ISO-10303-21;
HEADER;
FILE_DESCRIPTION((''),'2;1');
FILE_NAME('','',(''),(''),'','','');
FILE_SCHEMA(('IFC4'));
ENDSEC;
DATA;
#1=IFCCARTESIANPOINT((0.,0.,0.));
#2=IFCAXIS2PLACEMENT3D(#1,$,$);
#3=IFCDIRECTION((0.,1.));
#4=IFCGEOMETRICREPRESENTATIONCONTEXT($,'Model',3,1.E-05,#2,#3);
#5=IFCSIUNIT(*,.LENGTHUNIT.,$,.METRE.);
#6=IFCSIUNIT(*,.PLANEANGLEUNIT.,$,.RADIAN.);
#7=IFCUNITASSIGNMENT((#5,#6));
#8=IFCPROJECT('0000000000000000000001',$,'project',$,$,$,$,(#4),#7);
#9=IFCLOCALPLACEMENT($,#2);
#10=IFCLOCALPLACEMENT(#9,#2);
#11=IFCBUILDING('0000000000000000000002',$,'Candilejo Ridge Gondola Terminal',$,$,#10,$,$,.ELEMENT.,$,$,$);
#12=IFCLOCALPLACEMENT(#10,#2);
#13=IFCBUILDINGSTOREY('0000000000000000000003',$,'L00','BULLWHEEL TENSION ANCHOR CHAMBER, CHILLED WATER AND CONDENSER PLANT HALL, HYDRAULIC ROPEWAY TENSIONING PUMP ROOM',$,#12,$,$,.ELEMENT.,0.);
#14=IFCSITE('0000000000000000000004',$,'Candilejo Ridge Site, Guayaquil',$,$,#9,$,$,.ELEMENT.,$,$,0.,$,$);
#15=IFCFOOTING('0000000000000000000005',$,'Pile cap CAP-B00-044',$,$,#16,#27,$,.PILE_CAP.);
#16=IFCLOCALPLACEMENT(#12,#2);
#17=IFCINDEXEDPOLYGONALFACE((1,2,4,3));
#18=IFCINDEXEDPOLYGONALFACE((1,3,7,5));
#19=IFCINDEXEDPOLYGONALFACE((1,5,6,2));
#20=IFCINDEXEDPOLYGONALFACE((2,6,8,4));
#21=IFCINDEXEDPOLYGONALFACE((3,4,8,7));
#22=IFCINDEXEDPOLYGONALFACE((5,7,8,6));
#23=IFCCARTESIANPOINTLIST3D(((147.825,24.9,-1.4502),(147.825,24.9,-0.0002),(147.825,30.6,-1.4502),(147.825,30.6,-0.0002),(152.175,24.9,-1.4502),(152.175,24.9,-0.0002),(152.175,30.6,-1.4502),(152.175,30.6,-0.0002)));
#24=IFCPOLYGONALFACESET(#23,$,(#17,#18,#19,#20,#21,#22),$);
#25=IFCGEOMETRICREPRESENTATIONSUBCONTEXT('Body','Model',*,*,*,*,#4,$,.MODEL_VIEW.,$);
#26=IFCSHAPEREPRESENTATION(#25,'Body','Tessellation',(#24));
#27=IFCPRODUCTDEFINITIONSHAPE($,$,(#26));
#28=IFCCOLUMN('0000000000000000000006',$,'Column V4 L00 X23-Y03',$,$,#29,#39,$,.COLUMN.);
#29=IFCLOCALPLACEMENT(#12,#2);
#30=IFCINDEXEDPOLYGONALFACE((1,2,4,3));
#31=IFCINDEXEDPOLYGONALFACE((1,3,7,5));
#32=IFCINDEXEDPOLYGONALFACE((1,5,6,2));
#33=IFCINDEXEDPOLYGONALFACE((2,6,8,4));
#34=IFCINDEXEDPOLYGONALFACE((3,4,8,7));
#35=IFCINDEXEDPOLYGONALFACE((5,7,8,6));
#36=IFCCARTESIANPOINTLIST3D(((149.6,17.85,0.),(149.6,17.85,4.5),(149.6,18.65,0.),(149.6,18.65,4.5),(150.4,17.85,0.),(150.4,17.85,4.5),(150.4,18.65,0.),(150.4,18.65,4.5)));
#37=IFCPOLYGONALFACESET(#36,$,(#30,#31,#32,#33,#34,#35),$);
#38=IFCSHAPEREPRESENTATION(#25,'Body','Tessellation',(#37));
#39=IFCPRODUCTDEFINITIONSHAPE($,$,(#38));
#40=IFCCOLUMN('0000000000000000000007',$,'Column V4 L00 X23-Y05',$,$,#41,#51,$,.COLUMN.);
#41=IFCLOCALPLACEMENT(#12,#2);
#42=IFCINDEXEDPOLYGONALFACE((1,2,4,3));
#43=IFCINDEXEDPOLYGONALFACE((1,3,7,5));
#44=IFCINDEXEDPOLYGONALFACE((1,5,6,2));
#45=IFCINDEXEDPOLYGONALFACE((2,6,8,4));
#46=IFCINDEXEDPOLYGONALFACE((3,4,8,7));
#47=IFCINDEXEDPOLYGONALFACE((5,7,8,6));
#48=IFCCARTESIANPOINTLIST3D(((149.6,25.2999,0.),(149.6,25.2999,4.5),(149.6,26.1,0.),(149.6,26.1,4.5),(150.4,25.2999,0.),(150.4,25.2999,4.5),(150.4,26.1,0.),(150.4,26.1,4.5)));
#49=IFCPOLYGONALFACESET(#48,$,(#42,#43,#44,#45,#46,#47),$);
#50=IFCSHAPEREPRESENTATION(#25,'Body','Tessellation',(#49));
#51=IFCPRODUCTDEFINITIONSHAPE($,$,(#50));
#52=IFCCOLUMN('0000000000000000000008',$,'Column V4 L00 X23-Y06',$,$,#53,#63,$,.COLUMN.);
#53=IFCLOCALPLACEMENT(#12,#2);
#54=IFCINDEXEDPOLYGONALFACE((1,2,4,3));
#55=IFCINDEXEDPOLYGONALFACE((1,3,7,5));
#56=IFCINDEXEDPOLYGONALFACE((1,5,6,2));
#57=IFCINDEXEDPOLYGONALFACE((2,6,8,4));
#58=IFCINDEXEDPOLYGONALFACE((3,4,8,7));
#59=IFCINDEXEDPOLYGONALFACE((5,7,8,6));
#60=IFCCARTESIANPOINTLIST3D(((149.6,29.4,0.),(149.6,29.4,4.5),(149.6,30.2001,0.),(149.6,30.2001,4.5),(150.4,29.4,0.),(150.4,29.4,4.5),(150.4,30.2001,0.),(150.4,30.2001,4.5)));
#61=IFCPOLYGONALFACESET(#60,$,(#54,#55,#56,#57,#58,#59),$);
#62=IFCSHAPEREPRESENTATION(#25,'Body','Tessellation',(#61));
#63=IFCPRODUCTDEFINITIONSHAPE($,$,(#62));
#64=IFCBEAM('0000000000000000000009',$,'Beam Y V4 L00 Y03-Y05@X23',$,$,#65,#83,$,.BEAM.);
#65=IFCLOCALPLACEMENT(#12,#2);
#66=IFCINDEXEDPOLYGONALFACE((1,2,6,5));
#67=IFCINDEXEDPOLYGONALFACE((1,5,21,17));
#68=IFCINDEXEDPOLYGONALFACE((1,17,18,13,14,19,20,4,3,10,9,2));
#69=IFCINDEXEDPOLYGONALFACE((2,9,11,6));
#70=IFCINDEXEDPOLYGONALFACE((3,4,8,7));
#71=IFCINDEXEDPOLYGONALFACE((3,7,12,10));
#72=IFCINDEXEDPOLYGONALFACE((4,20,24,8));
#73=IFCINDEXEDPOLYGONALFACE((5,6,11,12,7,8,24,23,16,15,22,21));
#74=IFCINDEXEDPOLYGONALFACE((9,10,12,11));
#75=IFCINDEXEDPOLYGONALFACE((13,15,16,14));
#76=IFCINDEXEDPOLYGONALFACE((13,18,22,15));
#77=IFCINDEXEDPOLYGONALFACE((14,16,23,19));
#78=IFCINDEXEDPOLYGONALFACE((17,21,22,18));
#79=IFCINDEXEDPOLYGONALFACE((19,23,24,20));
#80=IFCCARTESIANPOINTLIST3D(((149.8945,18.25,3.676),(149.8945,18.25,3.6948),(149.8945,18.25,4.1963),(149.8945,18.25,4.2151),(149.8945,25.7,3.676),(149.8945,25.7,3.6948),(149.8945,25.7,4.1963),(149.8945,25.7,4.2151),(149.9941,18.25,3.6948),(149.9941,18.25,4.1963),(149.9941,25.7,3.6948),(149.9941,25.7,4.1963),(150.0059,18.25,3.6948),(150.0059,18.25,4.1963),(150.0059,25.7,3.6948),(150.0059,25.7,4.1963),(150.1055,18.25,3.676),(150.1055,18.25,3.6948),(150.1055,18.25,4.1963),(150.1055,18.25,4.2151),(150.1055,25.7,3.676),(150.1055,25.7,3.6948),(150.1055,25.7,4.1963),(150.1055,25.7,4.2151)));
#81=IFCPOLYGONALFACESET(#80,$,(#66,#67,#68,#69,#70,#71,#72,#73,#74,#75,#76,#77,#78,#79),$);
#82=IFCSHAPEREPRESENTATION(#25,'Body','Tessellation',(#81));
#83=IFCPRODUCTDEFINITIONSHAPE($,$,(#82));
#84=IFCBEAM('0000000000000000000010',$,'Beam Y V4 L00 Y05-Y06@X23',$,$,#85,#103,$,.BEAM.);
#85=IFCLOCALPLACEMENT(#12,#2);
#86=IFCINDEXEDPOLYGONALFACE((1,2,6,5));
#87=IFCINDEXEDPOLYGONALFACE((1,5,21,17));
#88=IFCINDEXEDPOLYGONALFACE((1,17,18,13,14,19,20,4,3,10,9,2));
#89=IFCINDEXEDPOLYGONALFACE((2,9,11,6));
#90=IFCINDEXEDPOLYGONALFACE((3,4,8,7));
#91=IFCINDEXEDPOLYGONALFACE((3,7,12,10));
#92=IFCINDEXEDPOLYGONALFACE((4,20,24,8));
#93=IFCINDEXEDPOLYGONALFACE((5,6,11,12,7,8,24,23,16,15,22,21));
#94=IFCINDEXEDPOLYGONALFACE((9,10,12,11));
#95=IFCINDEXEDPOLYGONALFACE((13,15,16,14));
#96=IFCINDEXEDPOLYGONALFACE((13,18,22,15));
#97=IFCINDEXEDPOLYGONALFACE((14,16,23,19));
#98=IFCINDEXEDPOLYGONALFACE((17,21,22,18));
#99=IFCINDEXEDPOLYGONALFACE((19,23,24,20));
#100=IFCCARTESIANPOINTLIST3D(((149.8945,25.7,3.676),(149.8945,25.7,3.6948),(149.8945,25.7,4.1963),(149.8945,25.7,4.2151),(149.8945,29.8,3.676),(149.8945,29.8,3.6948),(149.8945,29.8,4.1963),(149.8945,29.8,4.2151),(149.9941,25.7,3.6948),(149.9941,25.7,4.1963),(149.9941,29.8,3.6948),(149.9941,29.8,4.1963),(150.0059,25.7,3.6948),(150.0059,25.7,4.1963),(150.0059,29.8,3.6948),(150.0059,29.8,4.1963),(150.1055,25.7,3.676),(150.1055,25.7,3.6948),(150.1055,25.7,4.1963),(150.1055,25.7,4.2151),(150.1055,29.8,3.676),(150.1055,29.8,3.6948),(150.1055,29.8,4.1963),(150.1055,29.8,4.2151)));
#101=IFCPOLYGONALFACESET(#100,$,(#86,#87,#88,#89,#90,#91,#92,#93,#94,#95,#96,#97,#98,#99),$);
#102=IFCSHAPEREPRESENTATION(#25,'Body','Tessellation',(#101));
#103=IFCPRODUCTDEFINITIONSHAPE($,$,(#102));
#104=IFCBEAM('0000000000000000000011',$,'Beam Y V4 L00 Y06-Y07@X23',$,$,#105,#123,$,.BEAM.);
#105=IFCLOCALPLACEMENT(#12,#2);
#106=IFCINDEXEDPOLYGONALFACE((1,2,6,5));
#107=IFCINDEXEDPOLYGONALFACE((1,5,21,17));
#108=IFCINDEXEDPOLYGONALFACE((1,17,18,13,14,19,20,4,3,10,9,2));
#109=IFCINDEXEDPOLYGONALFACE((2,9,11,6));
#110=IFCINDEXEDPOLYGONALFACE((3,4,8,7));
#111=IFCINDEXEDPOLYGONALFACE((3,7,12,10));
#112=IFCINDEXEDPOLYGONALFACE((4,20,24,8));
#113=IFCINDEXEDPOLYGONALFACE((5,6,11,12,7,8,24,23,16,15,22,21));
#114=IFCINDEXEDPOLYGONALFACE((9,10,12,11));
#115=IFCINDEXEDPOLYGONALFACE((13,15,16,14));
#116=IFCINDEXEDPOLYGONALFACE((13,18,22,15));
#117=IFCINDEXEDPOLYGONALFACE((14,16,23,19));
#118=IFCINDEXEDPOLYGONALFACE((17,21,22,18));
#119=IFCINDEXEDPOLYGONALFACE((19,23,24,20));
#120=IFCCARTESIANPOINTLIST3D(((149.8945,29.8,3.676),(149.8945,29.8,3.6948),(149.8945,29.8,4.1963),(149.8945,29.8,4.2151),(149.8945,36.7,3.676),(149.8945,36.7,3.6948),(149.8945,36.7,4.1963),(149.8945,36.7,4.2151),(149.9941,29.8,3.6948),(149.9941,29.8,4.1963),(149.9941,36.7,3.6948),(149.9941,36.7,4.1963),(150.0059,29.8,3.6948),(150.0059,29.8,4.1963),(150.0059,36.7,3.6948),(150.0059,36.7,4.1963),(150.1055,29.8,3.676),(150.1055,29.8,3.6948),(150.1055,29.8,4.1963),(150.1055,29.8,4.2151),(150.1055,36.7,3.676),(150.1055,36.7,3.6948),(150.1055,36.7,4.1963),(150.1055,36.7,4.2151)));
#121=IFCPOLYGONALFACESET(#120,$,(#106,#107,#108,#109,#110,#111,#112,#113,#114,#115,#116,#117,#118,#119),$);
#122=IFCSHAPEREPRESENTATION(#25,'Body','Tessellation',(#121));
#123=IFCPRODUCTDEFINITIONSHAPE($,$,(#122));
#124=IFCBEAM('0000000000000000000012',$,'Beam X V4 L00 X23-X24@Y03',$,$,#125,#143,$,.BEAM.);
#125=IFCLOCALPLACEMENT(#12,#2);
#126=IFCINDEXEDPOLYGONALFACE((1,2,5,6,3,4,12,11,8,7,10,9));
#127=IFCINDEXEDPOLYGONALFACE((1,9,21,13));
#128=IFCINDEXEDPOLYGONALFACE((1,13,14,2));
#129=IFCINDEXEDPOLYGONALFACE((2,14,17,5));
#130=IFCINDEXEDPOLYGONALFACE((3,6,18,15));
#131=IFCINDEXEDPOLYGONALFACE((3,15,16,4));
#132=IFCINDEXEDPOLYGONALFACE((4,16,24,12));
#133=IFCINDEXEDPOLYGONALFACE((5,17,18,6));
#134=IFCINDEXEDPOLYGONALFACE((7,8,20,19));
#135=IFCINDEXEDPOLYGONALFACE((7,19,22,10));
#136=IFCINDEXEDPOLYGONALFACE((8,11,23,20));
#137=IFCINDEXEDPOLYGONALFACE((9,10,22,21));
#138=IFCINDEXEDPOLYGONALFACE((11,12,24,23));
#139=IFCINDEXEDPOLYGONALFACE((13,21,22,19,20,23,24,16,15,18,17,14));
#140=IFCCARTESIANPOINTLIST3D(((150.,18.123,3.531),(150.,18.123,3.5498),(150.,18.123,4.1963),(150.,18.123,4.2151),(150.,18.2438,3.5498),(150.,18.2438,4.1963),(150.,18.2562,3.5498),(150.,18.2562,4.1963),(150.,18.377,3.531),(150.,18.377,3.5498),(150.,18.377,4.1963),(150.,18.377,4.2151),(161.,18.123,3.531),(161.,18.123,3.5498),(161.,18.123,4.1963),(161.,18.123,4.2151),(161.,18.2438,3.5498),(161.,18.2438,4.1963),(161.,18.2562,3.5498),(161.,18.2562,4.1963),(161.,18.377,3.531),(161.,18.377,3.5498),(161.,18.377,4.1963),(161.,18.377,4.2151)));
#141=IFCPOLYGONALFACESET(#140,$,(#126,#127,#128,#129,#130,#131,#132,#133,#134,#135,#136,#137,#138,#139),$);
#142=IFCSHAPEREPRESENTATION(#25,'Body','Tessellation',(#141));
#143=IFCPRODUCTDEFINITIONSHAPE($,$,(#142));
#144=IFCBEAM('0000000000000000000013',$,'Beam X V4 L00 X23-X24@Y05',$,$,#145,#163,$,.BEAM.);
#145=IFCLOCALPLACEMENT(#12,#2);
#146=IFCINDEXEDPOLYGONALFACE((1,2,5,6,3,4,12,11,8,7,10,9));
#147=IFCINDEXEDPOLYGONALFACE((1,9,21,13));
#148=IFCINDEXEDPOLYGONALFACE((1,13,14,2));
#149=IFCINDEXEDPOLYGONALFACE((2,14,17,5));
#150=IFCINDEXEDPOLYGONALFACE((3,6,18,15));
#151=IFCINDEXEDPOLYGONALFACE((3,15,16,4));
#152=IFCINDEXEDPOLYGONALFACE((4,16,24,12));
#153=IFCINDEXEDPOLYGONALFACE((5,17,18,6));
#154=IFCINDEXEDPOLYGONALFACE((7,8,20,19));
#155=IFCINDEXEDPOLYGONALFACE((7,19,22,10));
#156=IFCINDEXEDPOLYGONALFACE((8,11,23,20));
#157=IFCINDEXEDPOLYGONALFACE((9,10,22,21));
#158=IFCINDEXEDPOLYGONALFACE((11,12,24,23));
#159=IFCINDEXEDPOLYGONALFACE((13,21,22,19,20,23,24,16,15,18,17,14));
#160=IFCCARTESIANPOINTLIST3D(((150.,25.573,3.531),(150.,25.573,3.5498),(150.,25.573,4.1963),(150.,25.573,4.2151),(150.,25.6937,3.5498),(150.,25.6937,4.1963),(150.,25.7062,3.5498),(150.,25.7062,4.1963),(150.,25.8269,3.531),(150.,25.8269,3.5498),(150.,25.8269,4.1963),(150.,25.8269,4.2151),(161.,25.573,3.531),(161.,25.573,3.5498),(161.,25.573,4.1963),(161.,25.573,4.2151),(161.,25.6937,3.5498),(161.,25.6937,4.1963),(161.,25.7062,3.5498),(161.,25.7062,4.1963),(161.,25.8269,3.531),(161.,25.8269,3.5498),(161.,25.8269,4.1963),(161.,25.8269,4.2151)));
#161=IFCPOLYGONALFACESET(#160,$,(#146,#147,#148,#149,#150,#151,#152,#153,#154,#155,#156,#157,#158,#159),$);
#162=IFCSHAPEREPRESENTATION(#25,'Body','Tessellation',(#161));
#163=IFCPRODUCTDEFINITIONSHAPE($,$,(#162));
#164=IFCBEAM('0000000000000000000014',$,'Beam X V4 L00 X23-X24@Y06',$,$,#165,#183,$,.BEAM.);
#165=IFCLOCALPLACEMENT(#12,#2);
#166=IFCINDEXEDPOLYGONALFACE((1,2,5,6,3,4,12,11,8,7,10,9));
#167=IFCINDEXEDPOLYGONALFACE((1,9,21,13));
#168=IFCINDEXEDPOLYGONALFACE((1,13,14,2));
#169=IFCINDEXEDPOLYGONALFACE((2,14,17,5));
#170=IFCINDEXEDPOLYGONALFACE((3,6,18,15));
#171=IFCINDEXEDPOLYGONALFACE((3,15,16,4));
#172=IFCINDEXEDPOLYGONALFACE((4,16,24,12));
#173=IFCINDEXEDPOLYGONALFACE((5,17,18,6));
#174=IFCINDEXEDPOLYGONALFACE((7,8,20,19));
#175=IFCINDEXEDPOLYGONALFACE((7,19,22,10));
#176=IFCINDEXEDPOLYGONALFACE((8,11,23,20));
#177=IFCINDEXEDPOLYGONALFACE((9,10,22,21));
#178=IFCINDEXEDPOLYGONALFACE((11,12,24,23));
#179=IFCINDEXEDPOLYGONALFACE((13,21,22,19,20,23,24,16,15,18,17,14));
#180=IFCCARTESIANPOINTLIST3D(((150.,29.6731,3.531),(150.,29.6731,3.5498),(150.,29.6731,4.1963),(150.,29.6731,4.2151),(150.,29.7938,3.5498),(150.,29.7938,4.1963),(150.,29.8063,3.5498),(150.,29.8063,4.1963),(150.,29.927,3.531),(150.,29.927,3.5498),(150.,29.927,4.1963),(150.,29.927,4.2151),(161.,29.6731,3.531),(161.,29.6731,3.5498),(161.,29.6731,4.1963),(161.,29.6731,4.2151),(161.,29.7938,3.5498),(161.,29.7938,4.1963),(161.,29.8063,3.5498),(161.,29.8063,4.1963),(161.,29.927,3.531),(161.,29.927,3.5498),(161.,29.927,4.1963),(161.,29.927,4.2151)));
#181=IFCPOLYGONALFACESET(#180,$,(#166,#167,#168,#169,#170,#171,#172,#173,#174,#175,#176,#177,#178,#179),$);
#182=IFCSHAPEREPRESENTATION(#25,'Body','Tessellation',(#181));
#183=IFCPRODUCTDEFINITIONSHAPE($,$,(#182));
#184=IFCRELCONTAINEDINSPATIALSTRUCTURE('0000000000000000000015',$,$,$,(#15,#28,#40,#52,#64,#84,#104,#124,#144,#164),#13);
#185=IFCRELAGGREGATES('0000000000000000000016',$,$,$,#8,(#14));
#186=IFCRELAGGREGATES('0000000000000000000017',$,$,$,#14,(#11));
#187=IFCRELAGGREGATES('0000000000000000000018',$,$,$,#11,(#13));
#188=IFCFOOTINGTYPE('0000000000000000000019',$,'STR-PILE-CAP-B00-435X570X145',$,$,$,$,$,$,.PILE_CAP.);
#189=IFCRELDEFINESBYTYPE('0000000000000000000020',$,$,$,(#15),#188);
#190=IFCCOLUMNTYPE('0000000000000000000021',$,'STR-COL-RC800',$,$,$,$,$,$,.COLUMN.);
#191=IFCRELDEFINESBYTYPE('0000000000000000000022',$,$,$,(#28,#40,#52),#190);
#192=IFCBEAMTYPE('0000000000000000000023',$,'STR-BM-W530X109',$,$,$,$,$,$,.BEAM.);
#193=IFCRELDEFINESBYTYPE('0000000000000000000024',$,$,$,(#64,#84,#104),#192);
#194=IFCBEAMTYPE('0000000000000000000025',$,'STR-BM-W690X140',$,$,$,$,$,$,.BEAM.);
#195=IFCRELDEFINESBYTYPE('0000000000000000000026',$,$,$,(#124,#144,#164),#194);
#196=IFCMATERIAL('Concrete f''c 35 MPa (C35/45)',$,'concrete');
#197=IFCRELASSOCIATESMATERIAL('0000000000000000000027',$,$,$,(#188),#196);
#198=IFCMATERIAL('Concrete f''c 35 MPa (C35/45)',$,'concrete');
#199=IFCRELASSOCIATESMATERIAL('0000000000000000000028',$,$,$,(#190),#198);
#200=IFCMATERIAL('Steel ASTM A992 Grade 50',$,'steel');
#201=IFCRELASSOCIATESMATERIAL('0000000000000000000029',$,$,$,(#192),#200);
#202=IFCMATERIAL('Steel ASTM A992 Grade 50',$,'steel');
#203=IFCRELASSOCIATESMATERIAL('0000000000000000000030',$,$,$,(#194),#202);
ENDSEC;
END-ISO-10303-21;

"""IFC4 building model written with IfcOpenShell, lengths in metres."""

from ifc_helpers import new_model, si_unit, direction, frame, origin, origin_2d, place, context, subcontext, project, spatial, rectangle, i_section, extrude, material, material_profile, profile_set, type_object, element, save


model = new_model("IFC4")

# Units and contexts
model_context = context("Model", 3, precision=1e-05, world=origin(), true_north=direction((0.0, 1.0)))
body_context = subcontext(model_context, "Body", "Model", "MODEL_VIEW")
ifc_project = project(units=[si_unit("LENGTHUNIT", "METRE"), si_unit("PLANEANGLEUNIT", "RADIAN")], contexts=[model_context])

# Site, building, storey
site_placement = place(None, origin())
site = spatial("IfcSite", under=ifc_project, at=site_placement, Name="Candilejo Ridge Site, Guayaquil", CompositionType="ELEMENT", RefElevation=0.0)
building_placement = place(site_placement, origin())
building = spatial("IfcBuilding", under=site, at=building_placement, Name="Candilejo Ridge Gondola Terminal", CompositionType="ELEMENT")
storey_placement = place(building_placement, origin())
storey = spatial("IfcBuildingStorey", under=building, at=storey_placement, Name="L00", Description="BULLWHEEL TENSION ANCHOR CHAMBER, CHILLED WATER AND CONDENSER PLANT HALL, HYDRAULIC ROPEWAY TENSIONING PUMP ROOM", CompositionType="ELEMENT", Elevation=0.0)

# Footing
ifc_material_1 = material(Name="Concrete f'c 35 MPa (C35/45)", Category="concrete")
footing_type_1 = type_object("IfcFootingType", Name="STR-PILE-CAP-B00-435X570X145", PredefinedType="PILE_CAP", material=ifc_material_1)
footing_1_placement = place(storey_placement, frame((150.0, 27.75, -1.4502), z_axis=(0.0, 0.0, 1.0), x_axis=(1.0, 0.0, 0.0)))
element("IfcFooting", 1, at=footing_1_placement, inside=storey, type_object=footing_type_1, Name="Pile cap CAP-B00-044", PredefinedType="PILE_CAP", context=body_context, shape_type="SweptSolid", body=[
    extrude(rectangle(XDim=4.3501, YDim=5.7, at=origin_2d()), origin(), (0.0, 0.0, 1.0), 1.45),
])

# Columns
ifc_material_2 = material(Name="Concrete f'c 35 MPa (C35/45)", Category="concrete")
ifc_material_profile_1 = material_profile(ifc_material_2, rectangle(XDim=0.8, YDim=0.8, at=origin_2d()))
ifc_profile_set_1 = profile_set([ifc_material_profile_1], Name="Concrete f'c 35 MPa (C35/45)")
column_type = type_object("IfcColumnType", Name="STR-COL-RC800", PredefinedType="COLUMN", material=ifc_profile_set_1)
for number, where, z_axis, x_axis, name in (
    (2, (150.0, 18.25, 0.0), (0.0, 0.0, 1.0), (1.0, 0.0, 0.0), "Column V4 L00 X23-Y03"),
    (3, (150.0, 25.7, 0.0), (0.0, 0.0, 1.0), (1.0, 0.0, 0.0), "Column V4 L00 X23-Y05"),
    (4, (150.0, 29.8, 0.0), (0.0, 0.0, 1.0), (1.0, 0.0, 0.0), "Column V4 L00 X23-Y06"),
):
    element("IfcColumn", number, at=place(storey_placement, frame(where, z_axis=z_axis, x_axis=x_axis)), inside=storey, type_object=column_type, Name=name, PredefinedType="COLUMN", context=body_context, shape_type="SweptSolid", body=[
        extrude(rectangle(XDim=0.8, YDim=0.8, at=origin_2d()), origin(), (0.0, 0.0, 1.0), 4.5),
    ])

# Beams
ifc_material_3 = material(Name="Steel ASTM A992 Grade 50", Category="steel")
ifc_material_profile_2 = material_profile(ifc_material_3, i_section(OverallWidth=0.2109, OverallDepth=0.5391, WebThickness=0.0117, FlangeThickness=0.0188, at=origin_2d()))
ifc_profile_set_2 = profile_set([ifc_material_profile_2], Name="Steel ASTM A992 Grade 50")
beam_type_1 = type_object("IfcBeamType", Name="STR-BM-W530X109", PredefinedType="BEAM", material=ifc_profile_set_2)
beam_1_placement = place(storey_placement, frame((150.0, 18.25, 3.9456), z_axis=(0.0, 1.0, 0.0), x_axis=(-1.0, 0.0, 0.0)))
element("IfcBeam", 5, at=beam_1_placement, inside=storey, type_object=beam_type_1, Name="Beam Y V4 L00 Y03-Y05@X23", PredefinedType="BEAM", context=body_context, shape_type="SweptSolid", body=[
    extrude(i_section(OverallWidth=0.2109, OverallDepth=0.5391, WebThickness=0.0117, FlangeThickness=0.0188, at=origin_2d()), origin(), (0.0, 0.0, 1.0), 7.45),
])
beam_2_placement = place(storey_placement, frame((150.0, 25.7, 3.9456), z_axis=(0.0, 1.0, 0.0), x_axis=(-1.0, 0.0, 0.0)))
element("IfcBeam", 6, at=beam_2_placement, inside=storey, type_object=beam_type_1, Name="Beam Y V4 L00 Y05-Y06@X23", PredefinedType="BEAM", context=body_context, shape_type="SweptSolid", body=[
    extrude(i_section(OverallWidth=0.2109, OverallDepth=0.5391, WebThickness=0.0117, FlangeThickness=0.0188, at=origin_2d()), origin(), (0.0, 0.0, 1.0), 4.1001),
])
beam_3_placement = place(storey_placement, frame((150.0, 29.8, 3.9456), z_axis=(0.0, 1.0, 0.0), x_axis=(-1.0, 0.0, 0.0)))
element("IfcBeam", 7, at=beam_3_placement, inside=storey, type_object=beam_type_1, Name="Beam Y V4 L00 Y06-Y07@X23", PredefinedType="BEAM", context=body_context, shape_type="SweptSolid", body=[
    extrude(i_section(OverallWidth=0.2109, OverallDepth=0.5391, WebThickness=0.0117, FlangeThickness=0.0188, at=origin_2d()), origin(), (0.0, 0.0, 1.0), 6.8999),
])
ifc_material_4 = material(Name="Steel ASTM A992 Grade 50", Category="steel")
ifc_material_profile_3 = material_profile(ifc_material_4, i_section(OverallWidth=0.2539, OverallDepth=0.6841, WebThickness=0.0125, FlangeThickness=0.0188, at=origin_2d()))
ifc_profile_set_3 = profile_set([ifc_material_profile_3], Name="Steel ASTM A992 Grade 50")
beam_type_2 = type_object("IfcBeamType", Name="STR-BM-W690X140", PredefinedType="BEAM", material=ifc_profile_set_3)
for number, where, z_axis, x_axis, name in (
    (8, (150.0, 18.25, 3.873), (1.0, 0.0, 0.0), (0.0, 1.0, 0.0), "Beam X V4 L00 X23-X24@Y03"),
    (9, (150.0, 25.7, 3.873), (1.0, 0.0, 0.0), (0.0, 1.0, 0.0), "Beam X V4 L00 X23-X24@Y05"),
    (10, (150.0, 29.8, 3.873), (1.0, 0.0, 0.0), (0.0, 1.0, 0.0), "Beam X V4 L00 X23-X24@Y06"),
):
    element("IfcBeam", number, at=place(storey_placement, frame(where, z_axis=z_axis, x_axis=x_axis)), inside=storey, type_object=beam_type_2, Name=name, PredefinedType="BEAM", context=body_context, shape_type="SweptSolid", body=[
        extrude(i_section(OverallWidth=0.2539, OverallDepth=0.6841, WebThickness=0.0125, FlangeThickness=0.0188, at=origin_2d()), origin(), (0.0, 0.0, 1.0), 11.0),
    ])

save(model, "model.ifc")
